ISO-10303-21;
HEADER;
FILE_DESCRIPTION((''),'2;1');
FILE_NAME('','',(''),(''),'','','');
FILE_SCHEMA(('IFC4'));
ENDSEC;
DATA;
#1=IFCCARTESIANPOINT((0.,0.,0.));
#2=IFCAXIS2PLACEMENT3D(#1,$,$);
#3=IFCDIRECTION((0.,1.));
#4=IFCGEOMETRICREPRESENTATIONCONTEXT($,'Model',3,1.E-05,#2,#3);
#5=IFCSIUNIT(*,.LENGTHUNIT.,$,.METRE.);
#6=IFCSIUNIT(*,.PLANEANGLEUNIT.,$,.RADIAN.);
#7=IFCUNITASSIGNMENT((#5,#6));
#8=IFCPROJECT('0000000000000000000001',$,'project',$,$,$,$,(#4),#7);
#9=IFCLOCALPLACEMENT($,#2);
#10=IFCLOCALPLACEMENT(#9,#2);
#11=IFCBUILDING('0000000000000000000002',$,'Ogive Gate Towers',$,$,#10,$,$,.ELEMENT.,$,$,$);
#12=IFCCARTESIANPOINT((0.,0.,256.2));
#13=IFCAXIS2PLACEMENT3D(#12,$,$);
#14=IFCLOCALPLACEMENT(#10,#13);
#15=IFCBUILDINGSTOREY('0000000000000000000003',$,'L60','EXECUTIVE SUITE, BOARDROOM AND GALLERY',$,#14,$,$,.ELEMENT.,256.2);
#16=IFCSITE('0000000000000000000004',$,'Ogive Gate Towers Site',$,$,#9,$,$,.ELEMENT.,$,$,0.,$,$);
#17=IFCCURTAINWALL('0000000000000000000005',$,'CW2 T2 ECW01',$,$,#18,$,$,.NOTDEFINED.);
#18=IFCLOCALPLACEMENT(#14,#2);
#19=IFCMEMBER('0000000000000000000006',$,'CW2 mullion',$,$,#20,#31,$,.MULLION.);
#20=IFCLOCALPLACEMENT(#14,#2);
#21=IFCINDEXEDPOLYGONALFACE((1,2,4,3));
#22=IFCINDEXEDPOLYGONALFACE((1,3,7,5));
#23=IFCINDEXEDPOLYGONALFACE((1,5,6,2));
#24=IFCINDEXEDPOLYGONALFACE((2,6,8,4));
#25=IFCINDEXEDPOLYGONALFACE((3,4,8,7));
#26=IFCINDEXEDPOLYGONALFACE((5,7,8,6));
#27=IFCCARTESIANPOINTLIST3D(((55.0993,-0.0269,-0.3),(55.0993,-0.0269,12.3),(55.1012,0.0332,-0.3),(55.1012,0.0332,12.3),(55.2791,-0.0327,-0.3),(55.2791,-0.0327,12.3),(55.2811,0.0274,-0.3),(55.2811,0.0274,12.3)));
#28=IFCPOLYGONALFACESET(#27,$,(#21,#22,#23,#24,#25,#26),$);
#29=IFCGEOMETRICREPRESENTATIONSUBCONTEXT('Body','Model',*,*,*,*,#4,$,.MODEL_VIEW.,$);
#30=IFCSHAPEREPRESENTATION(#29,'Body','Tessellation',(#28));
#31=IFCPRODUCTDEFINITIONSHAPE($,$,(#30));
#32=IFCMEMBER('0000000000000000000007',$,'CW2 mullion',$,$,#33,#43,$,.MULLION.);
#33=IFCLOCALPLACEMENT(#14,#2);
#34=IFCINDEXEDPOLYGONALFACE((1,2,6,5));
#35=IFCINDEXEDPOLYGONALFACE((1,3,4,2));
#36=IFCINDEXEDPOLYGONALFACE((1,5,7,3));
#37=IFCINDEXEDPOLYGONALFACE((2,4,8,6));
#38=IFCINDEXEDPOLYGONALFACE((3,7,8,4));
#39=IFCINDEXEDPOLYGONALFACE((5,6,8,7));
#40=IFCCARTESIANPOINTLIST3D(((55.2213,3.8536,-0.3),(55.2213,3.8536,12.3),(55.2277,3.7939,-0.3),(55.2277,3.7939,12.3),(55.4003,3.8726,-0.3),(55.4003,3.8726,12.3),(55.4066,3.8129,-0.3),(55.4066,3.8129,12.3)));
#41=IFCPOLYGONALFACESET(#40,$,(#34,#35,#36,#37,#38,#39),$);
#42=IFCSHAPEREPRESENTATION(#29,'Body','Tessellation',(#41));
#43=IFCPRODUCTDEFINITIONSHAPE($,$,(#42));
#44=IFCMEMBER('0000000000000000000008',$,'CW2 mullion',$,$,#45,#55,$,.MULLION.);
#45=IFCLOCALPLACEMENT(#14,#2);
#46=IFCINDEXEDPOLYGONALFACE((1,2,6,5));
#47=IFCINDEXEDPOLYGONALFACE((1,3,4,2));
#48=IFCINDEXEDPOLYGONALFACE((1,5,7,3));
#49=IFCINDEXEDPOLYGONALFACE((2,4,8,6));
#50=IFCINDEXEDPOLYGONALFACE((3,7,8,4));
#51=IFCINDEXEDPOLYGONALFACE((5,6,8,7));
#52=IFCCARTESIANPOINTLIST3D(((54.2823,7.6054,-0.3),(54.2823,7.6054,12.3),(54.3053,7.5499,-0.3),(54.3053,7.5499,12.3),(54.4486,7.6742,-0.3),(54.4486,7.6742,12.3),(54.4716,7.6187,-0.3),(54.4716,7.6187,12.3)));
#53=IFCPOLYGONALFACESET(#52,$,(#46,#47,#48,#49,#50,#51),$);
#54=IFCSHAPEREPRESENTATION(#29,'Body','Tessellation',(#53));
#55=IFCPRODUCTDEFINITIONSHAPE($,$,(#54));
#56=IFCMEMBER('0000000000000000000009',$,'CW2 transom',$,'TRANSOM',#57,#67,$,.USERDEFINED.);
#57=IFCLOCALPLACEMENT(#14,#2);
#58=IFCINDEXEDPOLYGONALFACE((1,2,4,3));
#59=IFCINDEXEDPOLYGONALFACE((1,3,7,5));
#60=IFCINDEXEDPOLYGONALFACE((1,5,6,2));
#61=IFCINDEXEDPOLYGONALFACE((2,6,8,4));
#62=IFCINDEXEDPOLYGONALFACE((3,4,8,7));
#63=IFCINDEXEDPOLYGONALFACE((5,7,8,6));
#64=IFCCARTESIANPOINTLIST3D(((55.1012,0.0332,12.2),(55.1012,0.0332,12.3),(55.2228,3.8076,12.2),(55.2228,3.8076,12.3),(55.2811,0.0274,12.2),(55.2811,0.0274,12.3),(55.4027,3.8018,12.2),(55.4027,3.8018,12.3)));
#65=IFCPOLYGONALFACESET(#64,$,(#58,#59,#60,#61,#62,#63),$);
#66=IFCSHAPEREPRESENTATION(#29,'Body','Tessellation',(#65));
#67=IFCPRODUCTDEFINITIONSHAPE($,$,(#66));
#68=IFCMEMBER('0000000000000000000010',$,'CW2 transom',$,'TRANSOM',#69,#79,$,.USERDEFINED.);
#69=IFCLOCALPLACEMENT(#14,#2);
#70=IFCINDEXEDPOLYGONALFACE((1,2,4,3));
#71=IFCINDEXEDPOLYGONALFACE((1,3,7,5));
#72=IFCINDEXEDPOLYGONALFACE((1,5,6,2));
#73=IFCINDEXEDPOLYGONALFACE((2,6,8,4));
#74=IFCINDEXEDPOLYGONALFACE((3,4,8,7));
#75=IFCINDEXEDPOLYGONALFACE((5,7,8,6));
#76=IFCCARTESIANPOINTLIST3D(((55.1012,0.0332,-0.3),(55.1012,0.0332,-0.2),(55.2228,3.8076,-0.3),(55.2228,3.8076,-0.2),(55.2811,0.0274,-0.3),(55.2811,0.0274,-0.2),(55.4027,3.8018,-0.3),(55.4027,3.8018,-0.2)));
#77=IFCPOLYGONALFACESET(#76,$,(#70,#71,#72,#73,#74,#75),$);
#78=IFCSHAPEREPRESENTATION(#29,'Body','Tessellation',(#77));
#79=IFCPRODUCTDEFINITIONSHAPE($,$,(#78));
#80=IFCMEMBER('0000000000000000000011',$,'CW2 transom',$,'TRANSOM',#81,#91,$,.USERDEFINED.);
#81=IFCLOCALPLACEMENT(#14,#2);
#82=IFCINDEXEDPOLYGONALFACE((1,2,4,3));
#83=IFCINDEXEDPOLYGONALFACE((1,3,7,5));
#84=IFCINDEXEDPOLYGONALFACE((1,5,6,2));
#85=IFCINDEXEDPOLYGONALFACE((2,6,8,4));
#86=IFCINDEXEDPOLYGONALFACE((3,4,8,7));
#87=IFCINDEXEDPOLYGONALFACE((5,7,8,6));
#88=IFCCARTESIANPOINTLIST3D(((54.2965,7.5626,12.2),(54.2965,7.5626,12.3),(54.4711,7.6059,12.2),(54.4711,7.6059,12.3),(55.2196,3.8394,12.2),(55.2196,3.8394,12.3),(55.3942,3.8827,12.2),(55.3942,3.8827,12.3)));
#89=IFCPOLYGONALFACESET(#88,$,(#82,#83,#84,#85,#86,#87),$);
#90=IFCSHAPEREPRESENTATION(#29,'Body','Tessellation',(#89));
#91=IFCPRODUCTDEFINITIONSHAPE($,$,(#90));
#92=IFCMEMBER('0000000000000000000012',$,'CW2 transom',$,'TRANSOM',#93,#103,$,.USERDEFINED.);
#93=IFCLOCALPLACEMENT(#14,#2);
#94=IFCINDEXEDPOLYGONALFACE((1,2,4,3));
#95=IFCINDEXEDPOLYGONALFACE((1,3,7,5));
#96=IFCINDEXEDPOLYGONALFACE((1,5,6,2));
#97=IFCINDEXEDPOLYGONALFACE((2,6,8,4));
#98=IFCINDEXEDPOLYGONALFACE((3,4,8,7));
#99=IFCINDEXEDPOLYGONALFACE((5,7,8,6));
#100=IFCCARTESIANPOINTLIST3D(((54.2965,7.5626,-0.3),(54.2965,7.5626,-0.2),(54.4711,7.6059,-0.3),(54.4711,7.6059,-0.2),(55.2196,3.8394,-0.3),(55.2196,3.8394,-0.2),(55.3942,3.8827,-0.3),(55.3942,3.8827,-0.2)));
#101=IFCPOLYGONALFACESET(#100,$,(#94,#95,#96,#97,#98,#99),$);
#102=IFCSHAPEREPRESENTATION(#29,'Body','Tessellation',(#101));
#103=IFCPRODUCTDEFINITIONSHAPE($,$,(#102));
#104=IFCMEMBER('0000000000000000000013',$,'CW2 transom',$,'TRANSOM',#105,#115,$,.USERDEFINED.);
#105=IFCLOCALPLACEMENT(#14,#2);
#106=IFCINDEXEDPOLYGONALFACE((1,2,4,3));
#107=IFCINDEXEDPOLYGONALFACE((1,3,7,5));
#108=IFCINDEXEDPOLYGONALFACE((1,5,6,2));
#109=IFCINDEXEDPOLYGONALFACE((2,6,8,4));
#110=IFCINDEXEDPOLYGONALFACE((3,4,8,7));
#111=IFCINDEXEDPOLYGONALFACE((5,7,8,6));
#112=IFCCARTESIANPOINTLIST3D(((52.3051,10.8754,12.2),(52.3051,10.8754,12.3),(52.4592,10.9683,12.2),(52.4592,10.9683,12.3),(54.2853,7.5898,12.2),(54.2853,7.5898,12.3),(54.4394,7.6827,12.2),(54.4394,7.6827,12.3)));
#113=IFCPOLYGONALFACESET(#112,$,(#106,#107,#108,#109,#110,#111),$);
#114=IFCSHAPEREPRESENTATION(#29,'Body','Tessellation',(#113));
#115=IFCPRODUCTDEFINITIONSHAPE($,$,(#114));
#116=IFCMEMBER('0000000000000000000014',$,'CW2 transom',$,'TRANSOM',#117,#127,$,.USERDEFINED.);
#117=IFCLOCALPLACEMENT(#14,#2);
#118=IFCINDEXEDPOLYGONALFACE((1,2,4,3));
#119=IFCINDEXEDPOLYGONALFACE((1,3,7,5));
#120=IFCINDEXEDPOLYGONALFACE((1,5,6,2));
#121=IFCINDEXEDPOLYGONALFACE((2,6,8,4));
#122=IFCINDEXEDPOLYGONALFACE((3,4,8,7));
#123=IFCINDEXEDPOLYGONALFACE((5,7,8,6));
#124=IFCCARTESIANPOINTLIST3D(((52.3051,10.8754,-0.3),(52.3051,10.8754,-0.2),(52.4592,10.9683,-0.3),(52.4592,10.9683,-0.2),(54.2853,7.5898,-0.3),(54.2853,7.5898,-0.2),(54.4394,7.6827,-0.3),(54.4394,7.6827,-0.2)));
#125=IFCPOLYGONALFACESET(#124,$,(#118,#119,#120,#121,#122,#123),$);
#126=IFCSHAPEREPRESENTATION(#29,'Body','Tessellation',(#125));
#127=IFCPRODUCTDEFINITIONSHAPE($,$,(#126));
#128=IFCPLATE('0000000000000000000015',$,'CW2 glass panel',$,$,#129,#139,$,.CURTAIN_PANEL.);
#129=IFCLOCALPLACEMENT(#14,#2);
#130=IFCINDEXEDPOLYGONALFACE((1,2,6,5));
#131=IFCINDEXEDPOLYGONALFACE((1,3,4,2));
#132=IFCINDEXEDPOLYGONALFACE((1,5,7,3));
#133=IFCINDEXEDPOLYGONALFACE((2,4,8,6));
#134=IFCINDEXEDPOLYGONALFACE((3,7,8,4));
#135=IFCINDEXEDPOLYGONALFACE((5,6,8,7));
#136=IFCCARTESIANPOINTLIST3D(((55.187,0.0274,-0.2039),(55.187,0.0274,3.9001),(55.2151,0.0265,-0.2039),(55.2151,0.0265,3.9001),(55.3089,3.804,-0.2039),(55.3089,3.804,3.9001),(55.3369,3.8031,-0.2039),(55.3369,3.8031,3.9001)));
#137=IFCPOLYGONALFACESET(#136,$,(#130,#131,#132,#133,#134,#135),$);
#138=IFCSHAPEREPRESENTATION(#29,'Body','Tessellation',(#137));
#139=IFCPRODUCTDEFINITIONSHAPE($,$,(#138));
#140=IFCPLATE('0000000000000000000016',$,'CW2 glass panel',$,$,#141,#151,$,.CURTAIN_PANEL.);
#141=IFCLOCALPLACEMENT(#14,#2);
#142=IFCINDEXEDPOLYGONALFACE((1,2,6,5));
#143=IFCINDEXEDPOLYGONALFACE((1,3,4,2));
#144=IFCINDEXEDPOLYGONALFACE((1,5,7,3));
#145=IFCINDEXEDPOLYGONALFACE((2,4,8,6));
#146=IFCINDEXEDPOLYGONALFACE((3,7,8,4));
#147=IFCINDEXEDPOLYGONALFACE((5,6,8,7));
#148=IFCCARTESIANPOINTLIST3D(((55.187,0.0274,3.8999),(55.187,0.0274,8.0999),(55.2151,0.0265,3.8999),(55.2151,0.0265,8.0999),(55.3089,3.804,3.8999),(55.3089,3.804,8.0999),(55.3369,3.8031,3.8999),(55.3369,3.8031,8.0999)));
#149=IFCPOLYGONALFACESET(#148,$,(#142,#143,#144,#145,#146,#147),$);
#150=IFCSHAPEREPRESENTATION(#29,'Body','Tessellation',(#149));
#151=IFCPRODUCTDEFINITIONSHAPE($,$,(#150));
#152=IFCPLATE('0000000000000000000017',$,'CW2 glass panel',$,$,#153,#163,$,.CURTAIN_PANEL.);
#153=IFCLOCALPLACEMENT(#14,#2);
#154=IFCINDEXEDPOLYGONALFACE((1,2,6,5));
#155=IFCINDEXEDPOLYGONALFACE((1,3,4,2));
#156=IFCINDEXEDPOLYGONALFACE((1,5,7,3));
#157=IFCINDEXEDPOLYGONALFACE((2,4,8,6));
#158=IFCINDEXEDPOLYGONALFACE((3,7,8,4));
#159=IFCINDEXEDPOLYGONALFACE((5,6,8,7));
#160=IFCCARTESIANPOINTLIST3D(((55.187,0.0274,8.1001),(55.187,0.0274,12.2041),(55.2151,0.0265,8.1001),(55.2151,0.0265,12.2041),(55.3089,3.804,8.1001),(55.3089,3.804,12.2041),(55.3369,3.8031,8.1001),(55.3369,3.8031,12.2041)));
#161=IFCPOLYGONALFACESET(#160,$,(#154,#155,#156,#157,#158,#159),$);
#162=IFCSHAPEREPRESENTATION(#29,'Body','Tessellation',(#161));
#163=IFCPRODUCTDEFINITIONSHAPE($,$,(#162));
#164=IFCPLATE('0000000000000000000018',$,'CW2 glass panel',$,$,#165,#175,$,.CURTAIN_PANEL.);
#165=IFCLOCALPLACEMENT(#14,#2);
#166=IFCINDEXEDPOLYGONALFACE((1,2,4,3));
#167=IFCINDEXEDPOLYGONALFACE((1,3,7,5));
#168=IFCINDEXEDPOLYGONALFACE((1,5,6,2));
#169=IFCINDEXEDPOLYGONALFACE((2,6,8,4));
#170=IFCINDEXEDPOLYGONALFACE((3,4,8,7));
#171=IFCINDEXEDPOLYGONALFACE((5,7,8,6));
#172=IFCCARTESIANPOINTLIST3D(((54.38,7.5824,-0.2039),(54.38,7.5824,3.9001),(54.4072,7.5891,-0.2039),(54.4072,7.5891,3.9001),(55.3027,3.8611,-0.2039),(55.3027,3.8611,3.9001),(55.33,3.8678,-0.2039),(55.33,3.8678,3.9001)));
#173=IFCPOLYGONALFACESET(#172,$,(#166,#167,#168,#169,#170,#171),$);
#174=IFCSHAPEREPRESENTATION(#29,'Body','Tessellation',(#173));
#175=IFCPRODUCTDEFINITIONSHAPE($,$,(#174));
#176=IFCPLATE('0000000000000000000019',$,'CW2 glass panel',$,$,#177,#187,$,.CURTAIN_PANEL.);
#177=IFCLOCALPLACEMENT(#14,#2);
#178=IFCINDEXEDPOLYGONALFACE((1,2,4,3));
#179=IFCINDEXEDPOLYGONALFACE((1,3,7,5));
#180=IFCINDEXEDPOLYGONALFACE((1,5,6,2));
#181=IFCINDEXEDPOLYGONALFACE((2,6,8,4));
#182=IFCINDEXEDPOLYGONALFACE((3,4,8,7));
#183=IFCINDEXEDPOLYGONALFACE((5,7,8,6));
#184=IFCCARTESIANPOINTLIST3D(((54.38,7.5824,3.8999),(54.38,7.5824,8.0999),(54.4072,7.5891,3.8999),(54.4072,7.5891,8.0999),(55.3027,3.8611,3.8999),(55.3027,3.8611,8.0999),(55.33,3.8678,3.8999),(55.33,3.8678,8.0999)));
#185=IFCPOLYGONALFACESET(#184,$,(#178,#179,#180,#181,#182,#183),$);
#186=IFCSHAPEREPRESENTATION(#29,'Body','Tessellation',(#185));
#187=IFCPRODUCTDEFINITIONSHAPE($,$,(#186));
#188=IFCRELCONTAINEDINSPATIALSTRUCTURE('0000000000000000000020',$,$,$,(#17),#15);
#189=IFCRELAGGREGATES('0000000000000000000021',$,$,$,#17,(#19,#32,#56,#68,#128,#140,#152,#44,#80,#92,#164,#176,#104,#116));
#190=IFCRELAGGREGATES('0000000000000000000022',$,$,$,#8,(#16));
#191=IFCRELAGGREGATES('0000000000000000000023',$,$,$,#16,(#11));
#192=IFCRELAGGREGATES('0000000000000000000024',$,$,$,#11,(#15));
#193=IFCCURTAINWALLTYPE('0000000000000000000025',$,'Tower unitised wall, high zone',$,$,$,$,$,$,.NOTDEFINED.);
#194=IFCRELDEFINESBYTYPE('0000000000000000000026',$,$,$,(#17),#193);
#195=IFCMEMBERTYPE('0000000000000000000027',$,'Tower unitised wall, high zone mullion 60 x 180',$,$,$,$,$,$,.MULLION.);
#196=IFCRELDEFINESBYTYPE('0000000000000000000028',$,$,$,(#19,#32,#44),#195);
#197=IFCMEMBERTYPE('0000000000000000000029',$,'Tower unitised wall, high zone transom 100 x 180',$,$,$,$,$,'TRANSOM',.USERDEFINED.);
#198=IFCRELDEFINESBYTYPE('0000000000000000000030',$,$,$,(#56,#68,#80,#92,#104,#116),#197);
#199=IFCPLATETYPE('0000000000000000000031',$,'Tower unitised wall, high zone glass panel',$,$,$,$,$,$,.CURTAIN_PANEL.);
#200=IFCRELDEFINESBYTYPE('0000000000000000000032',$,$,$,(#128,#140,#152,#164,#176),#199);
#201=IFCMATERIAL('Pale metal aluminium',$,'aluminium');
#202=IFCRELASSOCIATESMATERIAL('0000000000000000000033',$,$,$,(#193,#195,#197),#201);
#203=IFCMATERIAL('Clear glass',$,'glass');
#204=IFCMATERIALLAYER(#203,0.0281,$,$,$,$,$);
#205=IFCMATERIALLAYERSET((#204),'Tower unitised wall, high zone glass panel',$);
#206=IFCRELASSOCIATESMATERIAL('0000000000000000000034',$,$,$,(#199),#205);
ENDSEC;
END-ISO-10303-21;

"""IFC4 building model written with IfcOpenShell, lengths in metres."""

from ifc_helpers import new_model, si_unit, direction, frame, origin, origin_2d, place, context, subcontext, project, spatial, rectangle, extrude, material, layer, layer_set, material_profile, profile_set, type_object, element, aggregate, save


model = new_model("IFC4")

# Units and contexts
model_context = context("Model", 3, precision=1e-05, world=origin(), true_north=direction((0.0, 1.0)))
body_context = subcontext(model_context, "Body", "Model", "MODEL_VIEW")
ifc_project = project(units=[si_unit("LENGTHUNIT", "METRE"), si_unit("PLANEANGLEUNIT", "RADIAN")], contexts=[model_context])

# Site, building, storey
site_placement = place(None, origin())
site = spatial("IfcSite", under=ifc_project, at=site_placement, Name="Ogive Gate Towers Site", CompositionType="ELEMENT", RefElevation=0.0)
building_placement = place(site_placement, origin())
building = spatial("IfcBuilding", under=site, at=building_placement, Name="Ogive Gate Towers", CompositionType="ELEMENT")
storey_placement = place(building_placement, frame((0.0, 0.0, 256.2)))
storey = spatial("IfcBuildingStorey", under=building, at=storey_placement, Name="L60", Description="EXECUTIVE SUITE, BOARDROOM AND GALLERY", CompositionType="ELEMENT", Elevation=256.2)

# Curtain wall, members, plates
ifc_material_1 = material(Name="Pale metal aluminium", Category="aluminium")
curtain_wall_type = type_object("IfcCurtainWallType", Name="Tower unitised wall, high zone", PredefinedType="NOTDEFINED", material=ifc_material_1)
curtain_wall_1_placement = place(storey_placement, origin())
curtain_wall_1 = element("IfcCurtainWall", 1, at=curtain_wall_1_placement, inside=storey, type_object=curtain_wall_type, Name="CW2 T2 ECW01", PredefinedType="NOTDEFINED")
ifc_material_profile_1 = material_profile(ifc_material_1, rectangle(XDim=0.1799, YDim=0.0601, at=origin_2d()), Name="60 x 180 aluminium box")
ifc_profile_set_1 = profile_set([ifc_material_profile_1], Name="Pale metal aluminium")
member_type_1 = type_object("IfcMemberType", Name="Tower unitised wall, high zone mullion 60 x 180", PredefinedType="MULLION", material=ifc_profile_set_1)
member_1_placement = place(storey_placement, frame((55.1902, 0.0002, -0.3), z_axis=(0.0, 0.0, 1.0), x_axis=(0.99948, -0.032248, 0.0)))
member_1 = element("IfcMember", 2, at=member_1_placement, type_object=member_type_1, Name="CW2 mullion", PredefinedType="MULLION", context=body_context, shape_type="SweptSolid", body=[
    extrude(rectangle(XDim=0.1799, YDim=0.0601, at=origin_2d()), origin(), (0.0, 0.0, 1.0), 12.6001),
])
member_2_placement = place(storey_placement, frame((55.314, 3.8333, -0.3), z_axis=(0.0, 0.0, 1.0), x_axis=(0.994451, 0.105205, 0.0)))
member_2 = element("IfcMember", 3, at=member_2_placement, type_object=member_type_1, Name="CW2 mullion", PredefinedType="MULLION", context=body_context, shape_type="SweptSolid", body=[
    extrude(rectangle(XDim=0.1799, YDim=0.0601, at=origin_2d()), origin(), (0.0, 0.0, 1.0), 12.6001),
])
member_3_placement = place(storey_placement, frame((54.377, 7.6121, -0.3), z_axis=(0.0, 0.0, 1.0), x_axis=(0.92388, 0.382683, 0.0)))
member_3 = element("IfcMember", 4, at=member_3_placement, type_object=member_type_1, Name="CW2 mullion", PredefinedType="MULLION", context=body_context, shape_type="SweptSolid", body=[
    extrude(rectangle(XDim=0.1799, YDim=0.0601, at=origin_2d()), origin(), (0.0, 0.0, 1.0), 12.6001),
])
ifc_material_profile_2 = material_profile(ifc_material_1, rectangle(XDim=0.1799, YDim=0.1001, at=origin_2d()), Name="100 x 180 aluminium box")
ifc_profile_set_2 = profile_set([ifc_material_profile_2], Name="Pale metal aluminium")
member_type_2 = type_object("IfcMemberType", Name="Tower unitised wall, high zone transom 100 x 180", ElementType="TRANSOM", PredefinedType="USERDEFINED", material=ifc_profile_set_2)
member_4_placement = place(storey_placement, frame((55.1912, 0.0303, 12.25), z_axis=(0.032195, 0.999482, 0.0), x_axis=(-0.999482, 0.032195, 0.0)))
member_4 = element("IfcMember", 5, at=member_4_placement, type_object=member_type_2, Name="CW2 transom", ObjectType="TRANSOM", PredefinedType="USERDEFINED", context=body_context, shape_type="SweptSolid", body=[
    extrude(rectangle(XDim=0.1799, YDim=0.1001, at=origin_2d()), origin(), (0.0, 0.0, 1.0), 3.7764),
])
member_5_placement = place(storey_placement, frame((55.1912, 0.0303, -0.25), z_axis=(0.032195, 0.999482, 0.0), x_axis=(-0.999482, 0.032195, 0.0)))
member_5 = element("IfcMember", 6, at=member_5_placement, type_object=member_type_2, Name="CW2 transom", ObjectType="TRANSOM", PredefinedType="USERDEFINED", context=body_context, shape_type="SweptSolid", body=[
    extrude(rectangle(XDim=0.1799, YDim=0.1001, at=origin_2d()), origin(), (0.0, 0.0, 1.0), 3.7764),
])
member_6_placement = place(storey_placement, frame((55.3069, 3.8611, 12.25), z_axis=(-0.240648, 0.970612, 0.0), x_axis=(-0.970612, -0.240648, 0.0)))
member_6 = element("IfcMember", 7, at=member_6_placement, type_object=member_type_2, Name="CW2 transom", ObjectType="TRANSOM", PredefinedType="USERDEFINED", context=body_context, shape_type="SweptSolid", body=[
    extrude(rectangle(XDim=0.1799, YDim=0.1001, at=origin_2d()), origin(), (0.0, 0.0, 1.0), 3.8359),
])
member_7_placement = place(storey_placement, frame((55.3069, 3.8611, -0.25), z_axis=(-0.240648, 0.970612, 0.0), x_axis=(-0.970612, -0.240648, 0.0)))
member_7 = element("IfcMember", 8, at=member_7_placement, type_object=member_type_2, Name="CW2 transom", ObjectType="TRANSOM", PredefinedType="USERDEFINED", context=body_context, shape_type="SweptSolid", body=[
    extrude(rectangle(XDim=0.1799, YDim=0.1001, at=origin_2d()), origin(), (0.0, 0.0, 1.0), 3.8359),
])
member_8_placement = place(storey_placement, frame((54.3623, 7.6362, 12.25), z_axis=(-0.516189, 0.856475, 0.0), x_axis=(-0.856475, -0.516189, 0.0)))
member_8 = element("IfcMember", 9, at=member_8_placement, type_object=member_type_2, Name="CW2 transom", ObjectType="TRANSOM", PredefinedType="USERDEFINED", context=body_context, shape_type="SweptSolid", body=[
    extrude(rectangle(XDim=0.1799, YDim=0.1001, at=origin_2d()), origin(), (0.0, 0.0, 1.0), 3.8362),
])
member_9_placement = place(storey_placement, frame((54.3623, 7.6362, -0.25), z_axis=(-0.516189, 0.856475, 0.0), x_axis=(-0.856475, -0.516189, 0.0)))
member_9 = element("IfcMember", 10, at=member_9_placement, type_object=member_type_2, Name="CW2 transom", ObjectType="TRANSOM", PredefinedType="USERDEFINED", context=body_context, shape_type="SweptSolid", body=[
    extrude(rectangle(XDim=0.1799, YDim=0.1001, at=origin_2d()), origin(), (0.0, 0.0, 1.0), 3.8362),
])
ifc_material_2 = material(Name="Clear glass", Category="glass")
ifc_layer_1 = layer(ifc_material_2, 0.0281)
ifc_layer_set_1 = layer_set([ifc_layer_1], Name="Tower unitised wall, high zone glass panel")
plate_type = type_object("IfcPlateType", Name="Tower unitised wall, high zone glass panel", PredefinedType="CURTAIN_PANEL", material=ifc_layer_set_1)
plate_1_placement = place(storey_placement, frame((55.262, 1.9153, -0.2039), z_axis=(0.0, 0.0, 1.0), x_axis=(0.032248, 0.99948, 0.0)))
plate_1 = element("IfcPlate", 11, at=plate_1_placement, type_object=plate_type, Name="CW2 glass panel", PredefinedType="CURTAIN_PANEL", context=body_context, shape_type="SweptSolid", body=[
    extrude(rectangle(XDim=3.7786, YDim=0.0281, at=origin_2d()), origin(), (0.0, 0.0, 1.0), 4.104),
])
plate_2_placement = place(storey_placement, frame((55.262, 1.9153, 3.8999), z_axis=(0.0, 0.0, 1.0), x_axis=(0.032248, 0.99948, 0.0)))
plate_2 = element("IfcPlate", 12, at=plate_2_placement, type_object=plate_type, Name="CW2 glass panel", PredefinedType="CURTAIN_PANEL", context=body_context, shape_type="SweptSolid", body=[
    extrude(rectangle(XDim=3.7786, YDim=0.0281, at=origin_2d()), origin(), (0.0, 0.0, 1.0), 4.2),
])
plate_3_placement = place(storey_placement, frame((55.262, 1.9153, 8.1001), z_axis=(0.0, 0.0, 1.0), x_axis=(0.032248, 0.99948, 0.0)))
plate_3 = element("IfcPlate", 13, at=plate_3_placement, type_object=plate_type, Name="CW2 glass panel", PredefinedType="CURTAIN_PANEL", context=body_context, shape_type="SweptSolid", body=[
    extrude(rectangle(XDim=3.7786, YDim=0.0281, at=origin_2d()), origin(), (0.0, 0.0, 1.0), 4.104),
])
plate_4_placement = place(storey_placement, frame((54.855, 5.7251, -0.2039), z_axis=(0.0, 0.0, 1.0), x_axis=(-0.240669, 0.970607, 0.0)))
plate_4 = element("IfcPlate", 14, at=plate_4_placement, type_object=plate_type, Name="CW2 glass panel", PredefinedType="CURTAIN_PANEL", context=body_context, shape_type="SweptSolid", body=[
    extrude(rectangle(XDim=3.834, YDim=0.0281, at=origin_2d()), origin(), (0.0, 0.0, 1.0), 4.104),
])
plate_5_placement = place(storey_placement, frame((54.855, 5.7251, 3.8999), z_axis=(0.0, 0.0, 1.0), x_axis=(-0.240669, 0.970607, 0.0)))
plate_5 = element("IfcPlate", 15, at=plate_5_placement, type_object=plate_type, Name="CW2 glass panel", PredefinedType="CURTAIN_PANEL", context=body_context, shape_type="SweptSolid", body=[
    extrude(rectangle(XDim=3.834, YDim=0.0281, at=origin_2d()), origin(), (0.0, 0.0, 1.0), 4.2),
])
aggregate(curtain_wall_1, [member_1, member_2, member_4, member_5, plate_1, plate_2, plate_3, member_3, member_6, member_7, plate_4, plate_5, member_8, member_9])

save(model, "model.ifc")
